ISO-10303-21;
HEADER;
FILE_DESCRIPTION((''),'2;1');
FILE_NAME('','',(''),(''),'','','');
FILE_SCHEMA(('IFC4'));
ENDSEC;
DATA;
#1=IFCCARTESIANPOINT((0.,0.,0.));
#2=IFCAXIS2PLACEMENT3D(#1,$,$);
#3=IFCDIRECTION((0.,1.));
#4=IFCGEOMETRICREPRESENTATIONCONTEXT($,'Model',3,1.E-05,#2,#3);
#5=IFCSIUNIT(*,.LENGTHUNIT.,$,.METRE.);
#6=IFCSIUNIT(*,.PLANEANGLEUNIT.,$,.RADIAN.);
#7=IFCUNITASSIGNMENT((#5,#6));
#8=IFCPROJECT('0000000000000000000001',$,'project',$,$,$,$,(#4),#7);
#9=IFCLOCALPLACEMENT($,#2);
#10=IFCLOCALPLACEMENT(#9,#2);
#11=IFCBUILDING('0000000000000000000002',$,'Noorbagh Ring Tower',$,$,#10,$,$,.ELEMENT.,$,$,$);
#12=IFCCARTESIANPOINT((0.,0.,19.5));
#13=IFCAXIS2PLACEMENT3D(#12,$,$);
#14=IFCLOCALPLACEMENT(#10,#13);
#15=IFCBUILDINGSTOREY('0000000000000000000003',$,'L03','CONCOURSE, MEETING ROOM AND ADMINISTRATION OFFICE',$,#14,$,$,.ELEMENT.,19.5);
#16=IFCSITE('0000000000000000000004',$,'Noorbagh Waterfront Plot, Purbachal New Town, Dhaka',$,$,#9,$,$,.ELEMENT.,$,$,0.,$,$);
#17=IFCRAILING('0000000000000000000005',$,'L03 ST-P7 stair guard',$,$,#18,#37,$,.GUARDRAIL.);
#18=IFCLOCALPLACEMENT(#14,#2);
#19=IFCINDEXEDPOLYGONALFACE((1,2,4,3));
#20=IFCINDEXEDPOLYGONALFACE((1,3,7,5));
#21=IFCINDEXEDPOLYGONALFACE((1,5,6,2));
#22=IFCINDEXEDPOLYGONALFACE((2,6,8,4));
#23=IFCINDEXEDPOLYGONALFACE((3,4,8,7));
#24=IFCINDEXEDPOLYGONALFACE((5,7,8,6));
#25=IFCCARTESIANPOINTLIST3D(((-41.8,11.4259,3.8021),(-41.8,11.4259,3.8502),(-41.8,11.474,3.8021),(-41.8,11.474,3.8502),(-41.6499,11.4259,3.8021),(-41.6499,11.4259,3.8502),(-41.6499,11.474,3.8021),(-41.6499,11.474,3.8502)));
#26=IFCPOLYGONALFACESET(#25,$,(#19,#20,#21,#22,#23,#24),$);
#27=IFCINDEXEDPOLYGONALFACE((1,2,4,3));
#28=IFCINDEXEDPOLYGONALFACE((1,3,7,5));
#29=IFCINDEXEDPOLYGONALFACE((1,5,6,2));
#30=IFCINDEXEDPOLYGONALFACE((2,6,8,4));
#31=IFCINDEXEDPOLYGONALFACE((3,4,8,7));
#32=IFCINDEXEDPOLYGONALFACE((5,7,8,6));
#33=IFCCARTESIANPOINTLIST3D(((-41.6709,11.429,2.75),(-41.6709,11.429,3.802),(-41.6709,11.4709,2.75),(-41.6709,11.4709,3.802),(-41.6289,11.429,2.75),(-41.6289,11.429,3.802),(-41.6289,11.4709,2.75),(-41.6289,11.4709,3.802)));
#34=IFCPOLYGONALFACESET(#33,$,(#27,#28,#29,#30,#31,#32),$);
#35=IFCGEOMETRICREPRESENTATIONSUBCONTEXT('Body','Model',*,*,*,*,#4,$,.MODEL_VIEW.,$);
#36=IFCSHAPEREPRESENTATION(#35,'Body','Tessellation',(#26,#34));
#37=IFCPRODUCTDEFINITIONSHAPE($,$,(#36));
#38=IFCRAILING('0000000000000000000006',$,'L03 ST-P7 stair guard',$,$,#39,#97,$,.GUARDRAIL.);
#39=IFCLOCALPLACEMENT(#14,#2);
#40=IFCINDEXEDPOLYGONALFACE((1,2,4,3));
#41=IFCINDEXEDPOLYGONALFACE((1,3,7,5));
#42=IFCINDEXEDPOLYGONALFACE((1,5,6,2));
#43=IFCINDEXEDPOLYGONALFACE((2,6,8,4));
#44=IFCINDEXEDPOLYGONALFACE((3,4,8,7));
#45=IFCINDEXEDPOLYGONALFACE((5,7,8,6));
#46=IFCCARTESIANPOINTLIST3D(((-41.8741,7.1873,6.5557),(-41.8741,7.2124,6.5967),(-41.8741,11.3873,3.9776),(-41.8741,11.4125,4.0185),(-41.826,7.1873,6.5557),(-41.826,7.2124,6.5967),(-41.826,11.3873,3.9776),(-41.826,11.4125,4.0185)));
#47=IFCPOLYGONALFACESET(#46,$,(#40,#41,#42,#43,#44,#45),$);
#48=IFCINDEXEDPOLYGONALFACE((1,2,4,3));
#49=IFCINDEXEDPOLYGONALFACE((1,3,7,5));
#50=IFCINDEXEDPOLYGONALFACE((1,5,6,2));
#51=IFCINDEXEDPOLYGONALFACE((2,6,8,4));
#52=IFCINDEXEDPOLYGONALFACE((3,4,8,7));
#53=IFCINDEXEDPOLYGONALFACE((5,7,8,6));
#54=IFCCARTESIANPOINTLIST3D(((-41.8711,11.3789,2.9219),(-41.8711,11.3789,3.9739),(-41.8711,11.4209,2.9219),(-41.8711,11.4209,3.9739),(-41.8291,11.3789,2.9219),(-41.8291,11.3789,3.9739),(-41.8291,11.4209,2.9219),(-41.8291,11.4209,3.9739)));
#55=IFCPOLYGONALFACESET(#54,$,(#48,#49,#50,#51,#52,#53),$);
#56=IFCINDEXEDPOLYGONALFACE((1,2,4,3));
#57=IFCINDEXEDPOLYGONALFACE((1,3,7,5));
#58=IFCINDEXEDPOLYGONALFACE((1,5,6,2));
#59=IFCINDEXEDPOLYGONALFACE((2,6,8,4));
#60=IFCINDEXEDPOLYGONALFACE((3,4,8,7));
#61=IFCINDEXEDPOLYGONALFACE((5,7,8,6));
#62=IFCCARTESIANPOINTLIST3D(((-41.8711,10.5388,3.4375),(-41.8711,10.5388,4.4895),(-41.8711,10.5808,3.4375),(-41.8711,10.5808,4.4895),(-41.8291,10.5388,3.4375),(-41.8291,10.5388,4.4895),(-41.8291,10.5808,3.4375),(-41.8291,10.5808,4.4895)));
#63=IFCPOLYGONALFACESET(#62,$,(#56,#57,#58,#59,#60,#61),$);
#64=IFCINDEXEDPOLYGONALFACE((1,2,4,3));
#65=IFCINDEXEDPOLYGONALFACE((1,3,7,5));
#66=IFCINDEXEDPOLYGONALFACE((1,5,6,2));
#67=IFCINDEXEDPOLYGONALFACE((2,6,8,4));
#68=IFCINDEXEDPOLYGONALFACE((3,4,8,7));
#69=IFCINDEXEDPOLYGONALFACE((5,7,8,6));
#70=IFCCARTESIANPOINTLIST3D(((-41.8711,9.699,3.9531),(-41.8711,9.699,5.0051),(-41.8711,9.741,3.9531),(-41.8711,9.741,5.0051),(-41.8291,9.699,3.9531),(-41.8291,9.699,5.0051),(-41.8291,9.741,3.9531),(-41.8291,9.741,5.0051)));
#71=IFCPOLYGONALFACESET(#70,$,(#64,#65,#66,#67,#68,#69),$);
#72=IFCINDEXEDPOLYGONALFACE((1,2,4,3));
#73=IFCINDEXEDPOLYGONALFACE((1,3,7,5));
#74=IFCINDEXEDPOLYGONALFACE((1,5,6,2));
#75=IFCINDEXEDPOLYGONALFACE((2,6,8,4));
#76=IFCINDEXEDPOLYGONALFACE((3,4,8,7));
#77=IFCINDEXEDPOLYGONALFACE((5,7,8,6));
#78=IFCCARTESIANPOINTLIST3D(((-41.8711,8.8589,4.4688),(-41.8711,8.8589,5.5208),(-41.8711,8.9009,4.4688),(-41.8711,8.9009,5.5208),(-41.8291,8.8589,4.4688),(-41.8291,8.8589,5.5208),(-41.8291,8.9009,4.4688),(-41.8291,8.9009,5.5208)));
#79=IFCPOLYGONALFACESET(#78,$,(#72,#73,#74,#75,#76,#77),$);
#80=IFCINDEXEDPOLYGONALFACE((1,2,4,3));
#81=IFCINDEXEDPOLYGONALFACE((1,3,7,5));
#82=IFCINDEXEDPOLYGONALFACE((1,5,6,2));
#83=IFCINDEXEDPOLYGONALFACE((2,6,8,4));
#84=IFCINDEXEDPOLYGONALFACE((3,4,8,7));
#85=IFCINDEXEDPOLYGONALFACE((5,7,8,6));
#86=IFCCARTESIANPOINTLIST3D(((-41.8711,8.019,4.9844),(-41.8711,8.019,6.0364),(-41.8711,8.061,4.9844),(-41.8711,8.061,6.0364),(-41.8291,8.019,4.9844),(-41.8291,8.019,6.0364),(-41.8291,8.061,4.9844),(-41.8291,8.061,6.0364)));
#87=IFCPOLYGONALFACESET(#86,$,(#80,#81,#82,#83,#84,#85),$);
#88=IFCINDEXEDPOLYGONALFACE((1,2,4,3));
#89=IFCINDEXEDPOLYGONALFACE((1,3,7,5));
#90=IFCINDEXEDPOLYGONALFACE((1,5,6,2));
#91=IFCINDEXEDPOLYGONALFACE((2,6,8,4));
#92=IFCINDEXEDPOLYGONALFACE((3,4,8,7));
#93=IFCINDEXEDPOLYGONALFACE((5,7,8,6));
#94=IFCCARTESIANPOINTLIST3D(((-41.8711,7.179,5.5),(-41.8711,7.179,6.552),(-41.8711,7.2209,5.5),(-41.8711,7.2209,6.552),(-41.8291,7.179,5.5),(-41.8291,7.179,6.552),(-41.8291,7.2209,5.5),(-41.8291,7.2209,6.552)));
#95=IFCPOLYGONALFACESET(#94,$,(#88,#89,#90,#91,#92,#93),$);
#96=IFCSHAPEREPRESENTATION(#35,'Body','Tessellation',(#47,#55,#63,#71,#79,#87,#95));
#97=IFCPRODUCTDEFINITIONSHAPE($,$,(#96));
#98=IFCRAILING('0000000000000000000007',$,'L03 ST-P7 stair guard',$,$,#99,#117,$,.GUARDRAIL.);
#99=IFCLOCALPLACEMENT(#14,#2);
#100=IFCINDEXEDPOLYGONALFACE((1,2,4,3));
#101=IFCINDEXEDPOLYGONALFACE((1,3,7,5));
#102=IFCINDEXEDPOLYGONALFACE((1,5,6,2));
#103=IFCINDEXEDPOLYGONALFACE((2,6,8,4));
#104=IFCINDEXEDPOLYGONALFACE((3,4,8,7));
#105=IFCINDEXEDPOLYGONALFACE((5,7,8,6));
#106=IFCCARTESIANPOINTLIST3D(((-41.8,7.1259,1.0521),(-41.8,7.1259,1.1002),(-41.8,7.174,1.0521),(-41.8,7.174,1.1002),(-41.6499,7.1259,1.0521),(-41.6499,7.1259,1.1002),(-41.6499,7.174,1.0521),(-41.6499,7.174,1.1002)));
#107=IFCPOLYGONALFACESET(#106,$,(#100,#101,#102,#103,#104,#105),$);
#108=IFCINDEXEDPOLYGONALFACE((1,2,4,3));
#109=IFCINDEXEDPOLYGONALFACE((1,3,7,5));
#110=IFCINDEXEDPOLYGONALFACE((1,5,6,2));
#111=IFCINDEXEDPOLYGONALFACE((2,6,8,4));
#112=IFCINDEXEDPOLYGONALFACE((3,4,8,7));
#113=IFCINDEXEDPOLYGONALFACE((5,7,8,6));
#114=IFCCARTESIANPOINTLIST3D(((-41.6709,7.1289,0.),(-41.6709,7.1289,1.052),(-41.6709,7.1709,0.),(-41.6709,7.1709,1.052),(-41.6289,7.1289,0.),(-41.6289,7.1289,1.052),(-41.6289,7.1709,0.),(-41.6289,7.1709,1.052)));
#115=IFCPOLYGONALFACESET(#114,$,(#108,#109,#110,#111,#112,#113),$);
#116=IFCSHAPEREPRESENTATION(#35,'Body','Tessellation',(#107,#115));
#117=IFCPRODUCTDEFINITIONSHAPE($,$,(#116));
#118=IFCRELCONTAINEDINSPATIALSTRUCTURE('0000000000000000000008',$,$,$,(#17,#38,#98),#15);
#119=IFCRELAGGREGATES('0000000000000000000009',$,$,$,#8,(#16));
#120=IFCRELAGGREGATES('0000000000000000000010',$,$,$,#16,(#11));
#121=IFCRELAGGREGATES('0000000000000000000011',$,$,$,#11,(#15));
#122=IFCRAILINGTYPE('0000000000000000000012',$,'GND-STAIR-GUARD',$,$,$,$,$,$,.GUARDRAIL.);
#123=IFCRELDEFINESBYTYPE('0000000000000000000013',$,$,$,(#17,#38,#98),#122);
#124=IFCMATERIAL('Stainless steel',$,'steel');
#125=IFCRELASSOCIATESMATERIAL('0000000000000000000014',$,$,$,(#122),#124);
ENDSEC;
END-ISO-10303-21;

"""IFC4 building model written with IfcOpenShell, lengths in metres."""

from ifc_helpers import new_model, si_unit, direction, frame, origin, origin_2d, place, context, subcontext, project, spatial, rectangle, extrude, material, type_object, element, save


model = new_model("IFC4")

# Units and contexts
model_context = context("Model", 3, precision=1e-05, world=origin(), true_north=direction((0.0, 1.0)))
body_context = subcontext(model_context, "Body", "Model", "MODEL_VIEW")
ifc_project = project(units=[si_unit("LENGTHUNIT", "METRE"), si_unit("PLANEANGLEUNIT", "RADIAN")], contexts=[model_context])

# Site, building, storey
site_placement = place(None, origin())
site = spatial("IfcSite", under=ifc_project, at=site_placement, Name="Noorbagh Waterfront Plot, Purbachal New Town, Dhaka", CompositionType="ELEMENT", RefElevation=0.0)
building_placement = place(site_placement, origin())
building = spatial("IfcBuilding", under=site, at=building_placement, Name="Noorbagh Ring Tower", CompositionType="ELEMENT")
storey_placement = place(building_placement, frame((0.0, 0.0, 19.5)))
storey = spatial("IfcBuildingStorey", under=building, at=storey_placement, Name="L03", Description="CONCOURSE, MEETING ROOM AND ADMINISTRATION OFFICE", CompositionType="ELEMENT", Elevation=19.5)

# Railings
ifc_material_1 = material(Name="Stainless steel", Category="steel")
railing_type_1 = type_object("IfcRailingType", Name="GND-STAIR-GUARD", PredefinedType="GUARDRAIL", material=ifc_material_1)
railing_1_placement = place(storey_placement, frame((-41.6499, 11.45, 2.75)))
element("IfcRailing", 1, at=railing_1_placement, inside=storey, type_object=railing_type_1, Name="L03 ST-P7 stair guard", PredefinedType="GUARDRAIL", context=body_context, shape_type="SweptSolid", body=[
    extrude(rectangle(XDim=0.0481, YDim=0.0481, at=origin_2d()), frame((0.0, 0.0, 1.0762), z_axis=(-1.0, 0.0, 0.0), x_axis=(0.0, -1.0, 0.0)), (0.0, 0.0, 1.0), 0.1501),
    extrude(rectangle(XDim=0.042, YDim=0.042, at=origin_2d()), origin(), (0.0, 0.0, 1.0), 1.052),
])
railing_2_placement = place(storey_placement, frame((-41.8501, 11.3999, 2.9219)))
element("IfcRailing", 2, at=railing_2_placement, inside=storey, type_object=railing_type_1, Name="L03 ST-P7 stair guard", PredefinedType="GUARDRAIL", context=body_context, shape_type="SweptSolid", body=[
    extrude(rectangle(XDim=0.0481, YDim=0.0481, at=origin_2d()), frame((0.0, 0.0, 1.0762), z_axis=(0.0, -0.852243, 0.523146), x_axis=(1.0, 0.0, 0.0)), (0.0, 0.0, 1.0), 4.9282),
    extrude(rectangle(XDim=0.042, YDim=0.042, at=origin_2d()), origin(), (0.0, 0.0, 1.0), 1.052),
    extrude(rectangle(XDim=0.042, YDim=0.042, at=origin_2d()), frame((0.0, -0.8401, 0.5156)), (0.0, 0.0, 1.0), 1.052),
    extrude(rectangle(XDim=0.042, YDim=0.042, at=origin_2d()), frame((0.0, -1.6799, 1.0312)), (0.0, 0.0, 1.0), 1.052),
    extrude(rectangle(XDim=0.042, YDim=0.042, at=origin_2d()), frame((0.0, -2.52, 1.5469)), (0.0, 0.0, 1.0), 1.052),
    extrude(rectangle(XDim=0.042, YDim=0.042, at=origin_2d()), frame((0.0, -3.3599, 2.0625)), (0.0, 0.0, 1.0), 1.052),
    extrude(rectangle(XDim=0.042, YDim=0.042, at=origin_2d()), frame((0.0, -4.2, 2.5781)), (0.0, 0.0, 1.0), 1.052),
])
railing_3_placement = place(storey_placement, frame((-41.6499, 7.1499, 0.0)))
element("IfcRailing", 3, at=railing_3_placement, inside=storey, type_object=railing_type_1, Name="L03 ST-P7 stair guard", PredefinedType="GUARDRAIL", context=body_context, shape_type="SweptSolid", body=[
    extrude(rectangle(XDim=0.0481, YDim=0.0481, at=origin_2d()), frame((0.0, 0.0, 1.0762), z_axis=(-1.0, 0.0, 0.0), x_axis=(0.0, -1.0, 0.0)), (0.0, 0.0, 1.0), 0.1501),
    extrude(rectangle(XDim=0.042, YDim=0.042, at=origin_2d()), origin(), (0.0, 0.0, 1.0), 1.052),
])

save(model, "model.ifc")
